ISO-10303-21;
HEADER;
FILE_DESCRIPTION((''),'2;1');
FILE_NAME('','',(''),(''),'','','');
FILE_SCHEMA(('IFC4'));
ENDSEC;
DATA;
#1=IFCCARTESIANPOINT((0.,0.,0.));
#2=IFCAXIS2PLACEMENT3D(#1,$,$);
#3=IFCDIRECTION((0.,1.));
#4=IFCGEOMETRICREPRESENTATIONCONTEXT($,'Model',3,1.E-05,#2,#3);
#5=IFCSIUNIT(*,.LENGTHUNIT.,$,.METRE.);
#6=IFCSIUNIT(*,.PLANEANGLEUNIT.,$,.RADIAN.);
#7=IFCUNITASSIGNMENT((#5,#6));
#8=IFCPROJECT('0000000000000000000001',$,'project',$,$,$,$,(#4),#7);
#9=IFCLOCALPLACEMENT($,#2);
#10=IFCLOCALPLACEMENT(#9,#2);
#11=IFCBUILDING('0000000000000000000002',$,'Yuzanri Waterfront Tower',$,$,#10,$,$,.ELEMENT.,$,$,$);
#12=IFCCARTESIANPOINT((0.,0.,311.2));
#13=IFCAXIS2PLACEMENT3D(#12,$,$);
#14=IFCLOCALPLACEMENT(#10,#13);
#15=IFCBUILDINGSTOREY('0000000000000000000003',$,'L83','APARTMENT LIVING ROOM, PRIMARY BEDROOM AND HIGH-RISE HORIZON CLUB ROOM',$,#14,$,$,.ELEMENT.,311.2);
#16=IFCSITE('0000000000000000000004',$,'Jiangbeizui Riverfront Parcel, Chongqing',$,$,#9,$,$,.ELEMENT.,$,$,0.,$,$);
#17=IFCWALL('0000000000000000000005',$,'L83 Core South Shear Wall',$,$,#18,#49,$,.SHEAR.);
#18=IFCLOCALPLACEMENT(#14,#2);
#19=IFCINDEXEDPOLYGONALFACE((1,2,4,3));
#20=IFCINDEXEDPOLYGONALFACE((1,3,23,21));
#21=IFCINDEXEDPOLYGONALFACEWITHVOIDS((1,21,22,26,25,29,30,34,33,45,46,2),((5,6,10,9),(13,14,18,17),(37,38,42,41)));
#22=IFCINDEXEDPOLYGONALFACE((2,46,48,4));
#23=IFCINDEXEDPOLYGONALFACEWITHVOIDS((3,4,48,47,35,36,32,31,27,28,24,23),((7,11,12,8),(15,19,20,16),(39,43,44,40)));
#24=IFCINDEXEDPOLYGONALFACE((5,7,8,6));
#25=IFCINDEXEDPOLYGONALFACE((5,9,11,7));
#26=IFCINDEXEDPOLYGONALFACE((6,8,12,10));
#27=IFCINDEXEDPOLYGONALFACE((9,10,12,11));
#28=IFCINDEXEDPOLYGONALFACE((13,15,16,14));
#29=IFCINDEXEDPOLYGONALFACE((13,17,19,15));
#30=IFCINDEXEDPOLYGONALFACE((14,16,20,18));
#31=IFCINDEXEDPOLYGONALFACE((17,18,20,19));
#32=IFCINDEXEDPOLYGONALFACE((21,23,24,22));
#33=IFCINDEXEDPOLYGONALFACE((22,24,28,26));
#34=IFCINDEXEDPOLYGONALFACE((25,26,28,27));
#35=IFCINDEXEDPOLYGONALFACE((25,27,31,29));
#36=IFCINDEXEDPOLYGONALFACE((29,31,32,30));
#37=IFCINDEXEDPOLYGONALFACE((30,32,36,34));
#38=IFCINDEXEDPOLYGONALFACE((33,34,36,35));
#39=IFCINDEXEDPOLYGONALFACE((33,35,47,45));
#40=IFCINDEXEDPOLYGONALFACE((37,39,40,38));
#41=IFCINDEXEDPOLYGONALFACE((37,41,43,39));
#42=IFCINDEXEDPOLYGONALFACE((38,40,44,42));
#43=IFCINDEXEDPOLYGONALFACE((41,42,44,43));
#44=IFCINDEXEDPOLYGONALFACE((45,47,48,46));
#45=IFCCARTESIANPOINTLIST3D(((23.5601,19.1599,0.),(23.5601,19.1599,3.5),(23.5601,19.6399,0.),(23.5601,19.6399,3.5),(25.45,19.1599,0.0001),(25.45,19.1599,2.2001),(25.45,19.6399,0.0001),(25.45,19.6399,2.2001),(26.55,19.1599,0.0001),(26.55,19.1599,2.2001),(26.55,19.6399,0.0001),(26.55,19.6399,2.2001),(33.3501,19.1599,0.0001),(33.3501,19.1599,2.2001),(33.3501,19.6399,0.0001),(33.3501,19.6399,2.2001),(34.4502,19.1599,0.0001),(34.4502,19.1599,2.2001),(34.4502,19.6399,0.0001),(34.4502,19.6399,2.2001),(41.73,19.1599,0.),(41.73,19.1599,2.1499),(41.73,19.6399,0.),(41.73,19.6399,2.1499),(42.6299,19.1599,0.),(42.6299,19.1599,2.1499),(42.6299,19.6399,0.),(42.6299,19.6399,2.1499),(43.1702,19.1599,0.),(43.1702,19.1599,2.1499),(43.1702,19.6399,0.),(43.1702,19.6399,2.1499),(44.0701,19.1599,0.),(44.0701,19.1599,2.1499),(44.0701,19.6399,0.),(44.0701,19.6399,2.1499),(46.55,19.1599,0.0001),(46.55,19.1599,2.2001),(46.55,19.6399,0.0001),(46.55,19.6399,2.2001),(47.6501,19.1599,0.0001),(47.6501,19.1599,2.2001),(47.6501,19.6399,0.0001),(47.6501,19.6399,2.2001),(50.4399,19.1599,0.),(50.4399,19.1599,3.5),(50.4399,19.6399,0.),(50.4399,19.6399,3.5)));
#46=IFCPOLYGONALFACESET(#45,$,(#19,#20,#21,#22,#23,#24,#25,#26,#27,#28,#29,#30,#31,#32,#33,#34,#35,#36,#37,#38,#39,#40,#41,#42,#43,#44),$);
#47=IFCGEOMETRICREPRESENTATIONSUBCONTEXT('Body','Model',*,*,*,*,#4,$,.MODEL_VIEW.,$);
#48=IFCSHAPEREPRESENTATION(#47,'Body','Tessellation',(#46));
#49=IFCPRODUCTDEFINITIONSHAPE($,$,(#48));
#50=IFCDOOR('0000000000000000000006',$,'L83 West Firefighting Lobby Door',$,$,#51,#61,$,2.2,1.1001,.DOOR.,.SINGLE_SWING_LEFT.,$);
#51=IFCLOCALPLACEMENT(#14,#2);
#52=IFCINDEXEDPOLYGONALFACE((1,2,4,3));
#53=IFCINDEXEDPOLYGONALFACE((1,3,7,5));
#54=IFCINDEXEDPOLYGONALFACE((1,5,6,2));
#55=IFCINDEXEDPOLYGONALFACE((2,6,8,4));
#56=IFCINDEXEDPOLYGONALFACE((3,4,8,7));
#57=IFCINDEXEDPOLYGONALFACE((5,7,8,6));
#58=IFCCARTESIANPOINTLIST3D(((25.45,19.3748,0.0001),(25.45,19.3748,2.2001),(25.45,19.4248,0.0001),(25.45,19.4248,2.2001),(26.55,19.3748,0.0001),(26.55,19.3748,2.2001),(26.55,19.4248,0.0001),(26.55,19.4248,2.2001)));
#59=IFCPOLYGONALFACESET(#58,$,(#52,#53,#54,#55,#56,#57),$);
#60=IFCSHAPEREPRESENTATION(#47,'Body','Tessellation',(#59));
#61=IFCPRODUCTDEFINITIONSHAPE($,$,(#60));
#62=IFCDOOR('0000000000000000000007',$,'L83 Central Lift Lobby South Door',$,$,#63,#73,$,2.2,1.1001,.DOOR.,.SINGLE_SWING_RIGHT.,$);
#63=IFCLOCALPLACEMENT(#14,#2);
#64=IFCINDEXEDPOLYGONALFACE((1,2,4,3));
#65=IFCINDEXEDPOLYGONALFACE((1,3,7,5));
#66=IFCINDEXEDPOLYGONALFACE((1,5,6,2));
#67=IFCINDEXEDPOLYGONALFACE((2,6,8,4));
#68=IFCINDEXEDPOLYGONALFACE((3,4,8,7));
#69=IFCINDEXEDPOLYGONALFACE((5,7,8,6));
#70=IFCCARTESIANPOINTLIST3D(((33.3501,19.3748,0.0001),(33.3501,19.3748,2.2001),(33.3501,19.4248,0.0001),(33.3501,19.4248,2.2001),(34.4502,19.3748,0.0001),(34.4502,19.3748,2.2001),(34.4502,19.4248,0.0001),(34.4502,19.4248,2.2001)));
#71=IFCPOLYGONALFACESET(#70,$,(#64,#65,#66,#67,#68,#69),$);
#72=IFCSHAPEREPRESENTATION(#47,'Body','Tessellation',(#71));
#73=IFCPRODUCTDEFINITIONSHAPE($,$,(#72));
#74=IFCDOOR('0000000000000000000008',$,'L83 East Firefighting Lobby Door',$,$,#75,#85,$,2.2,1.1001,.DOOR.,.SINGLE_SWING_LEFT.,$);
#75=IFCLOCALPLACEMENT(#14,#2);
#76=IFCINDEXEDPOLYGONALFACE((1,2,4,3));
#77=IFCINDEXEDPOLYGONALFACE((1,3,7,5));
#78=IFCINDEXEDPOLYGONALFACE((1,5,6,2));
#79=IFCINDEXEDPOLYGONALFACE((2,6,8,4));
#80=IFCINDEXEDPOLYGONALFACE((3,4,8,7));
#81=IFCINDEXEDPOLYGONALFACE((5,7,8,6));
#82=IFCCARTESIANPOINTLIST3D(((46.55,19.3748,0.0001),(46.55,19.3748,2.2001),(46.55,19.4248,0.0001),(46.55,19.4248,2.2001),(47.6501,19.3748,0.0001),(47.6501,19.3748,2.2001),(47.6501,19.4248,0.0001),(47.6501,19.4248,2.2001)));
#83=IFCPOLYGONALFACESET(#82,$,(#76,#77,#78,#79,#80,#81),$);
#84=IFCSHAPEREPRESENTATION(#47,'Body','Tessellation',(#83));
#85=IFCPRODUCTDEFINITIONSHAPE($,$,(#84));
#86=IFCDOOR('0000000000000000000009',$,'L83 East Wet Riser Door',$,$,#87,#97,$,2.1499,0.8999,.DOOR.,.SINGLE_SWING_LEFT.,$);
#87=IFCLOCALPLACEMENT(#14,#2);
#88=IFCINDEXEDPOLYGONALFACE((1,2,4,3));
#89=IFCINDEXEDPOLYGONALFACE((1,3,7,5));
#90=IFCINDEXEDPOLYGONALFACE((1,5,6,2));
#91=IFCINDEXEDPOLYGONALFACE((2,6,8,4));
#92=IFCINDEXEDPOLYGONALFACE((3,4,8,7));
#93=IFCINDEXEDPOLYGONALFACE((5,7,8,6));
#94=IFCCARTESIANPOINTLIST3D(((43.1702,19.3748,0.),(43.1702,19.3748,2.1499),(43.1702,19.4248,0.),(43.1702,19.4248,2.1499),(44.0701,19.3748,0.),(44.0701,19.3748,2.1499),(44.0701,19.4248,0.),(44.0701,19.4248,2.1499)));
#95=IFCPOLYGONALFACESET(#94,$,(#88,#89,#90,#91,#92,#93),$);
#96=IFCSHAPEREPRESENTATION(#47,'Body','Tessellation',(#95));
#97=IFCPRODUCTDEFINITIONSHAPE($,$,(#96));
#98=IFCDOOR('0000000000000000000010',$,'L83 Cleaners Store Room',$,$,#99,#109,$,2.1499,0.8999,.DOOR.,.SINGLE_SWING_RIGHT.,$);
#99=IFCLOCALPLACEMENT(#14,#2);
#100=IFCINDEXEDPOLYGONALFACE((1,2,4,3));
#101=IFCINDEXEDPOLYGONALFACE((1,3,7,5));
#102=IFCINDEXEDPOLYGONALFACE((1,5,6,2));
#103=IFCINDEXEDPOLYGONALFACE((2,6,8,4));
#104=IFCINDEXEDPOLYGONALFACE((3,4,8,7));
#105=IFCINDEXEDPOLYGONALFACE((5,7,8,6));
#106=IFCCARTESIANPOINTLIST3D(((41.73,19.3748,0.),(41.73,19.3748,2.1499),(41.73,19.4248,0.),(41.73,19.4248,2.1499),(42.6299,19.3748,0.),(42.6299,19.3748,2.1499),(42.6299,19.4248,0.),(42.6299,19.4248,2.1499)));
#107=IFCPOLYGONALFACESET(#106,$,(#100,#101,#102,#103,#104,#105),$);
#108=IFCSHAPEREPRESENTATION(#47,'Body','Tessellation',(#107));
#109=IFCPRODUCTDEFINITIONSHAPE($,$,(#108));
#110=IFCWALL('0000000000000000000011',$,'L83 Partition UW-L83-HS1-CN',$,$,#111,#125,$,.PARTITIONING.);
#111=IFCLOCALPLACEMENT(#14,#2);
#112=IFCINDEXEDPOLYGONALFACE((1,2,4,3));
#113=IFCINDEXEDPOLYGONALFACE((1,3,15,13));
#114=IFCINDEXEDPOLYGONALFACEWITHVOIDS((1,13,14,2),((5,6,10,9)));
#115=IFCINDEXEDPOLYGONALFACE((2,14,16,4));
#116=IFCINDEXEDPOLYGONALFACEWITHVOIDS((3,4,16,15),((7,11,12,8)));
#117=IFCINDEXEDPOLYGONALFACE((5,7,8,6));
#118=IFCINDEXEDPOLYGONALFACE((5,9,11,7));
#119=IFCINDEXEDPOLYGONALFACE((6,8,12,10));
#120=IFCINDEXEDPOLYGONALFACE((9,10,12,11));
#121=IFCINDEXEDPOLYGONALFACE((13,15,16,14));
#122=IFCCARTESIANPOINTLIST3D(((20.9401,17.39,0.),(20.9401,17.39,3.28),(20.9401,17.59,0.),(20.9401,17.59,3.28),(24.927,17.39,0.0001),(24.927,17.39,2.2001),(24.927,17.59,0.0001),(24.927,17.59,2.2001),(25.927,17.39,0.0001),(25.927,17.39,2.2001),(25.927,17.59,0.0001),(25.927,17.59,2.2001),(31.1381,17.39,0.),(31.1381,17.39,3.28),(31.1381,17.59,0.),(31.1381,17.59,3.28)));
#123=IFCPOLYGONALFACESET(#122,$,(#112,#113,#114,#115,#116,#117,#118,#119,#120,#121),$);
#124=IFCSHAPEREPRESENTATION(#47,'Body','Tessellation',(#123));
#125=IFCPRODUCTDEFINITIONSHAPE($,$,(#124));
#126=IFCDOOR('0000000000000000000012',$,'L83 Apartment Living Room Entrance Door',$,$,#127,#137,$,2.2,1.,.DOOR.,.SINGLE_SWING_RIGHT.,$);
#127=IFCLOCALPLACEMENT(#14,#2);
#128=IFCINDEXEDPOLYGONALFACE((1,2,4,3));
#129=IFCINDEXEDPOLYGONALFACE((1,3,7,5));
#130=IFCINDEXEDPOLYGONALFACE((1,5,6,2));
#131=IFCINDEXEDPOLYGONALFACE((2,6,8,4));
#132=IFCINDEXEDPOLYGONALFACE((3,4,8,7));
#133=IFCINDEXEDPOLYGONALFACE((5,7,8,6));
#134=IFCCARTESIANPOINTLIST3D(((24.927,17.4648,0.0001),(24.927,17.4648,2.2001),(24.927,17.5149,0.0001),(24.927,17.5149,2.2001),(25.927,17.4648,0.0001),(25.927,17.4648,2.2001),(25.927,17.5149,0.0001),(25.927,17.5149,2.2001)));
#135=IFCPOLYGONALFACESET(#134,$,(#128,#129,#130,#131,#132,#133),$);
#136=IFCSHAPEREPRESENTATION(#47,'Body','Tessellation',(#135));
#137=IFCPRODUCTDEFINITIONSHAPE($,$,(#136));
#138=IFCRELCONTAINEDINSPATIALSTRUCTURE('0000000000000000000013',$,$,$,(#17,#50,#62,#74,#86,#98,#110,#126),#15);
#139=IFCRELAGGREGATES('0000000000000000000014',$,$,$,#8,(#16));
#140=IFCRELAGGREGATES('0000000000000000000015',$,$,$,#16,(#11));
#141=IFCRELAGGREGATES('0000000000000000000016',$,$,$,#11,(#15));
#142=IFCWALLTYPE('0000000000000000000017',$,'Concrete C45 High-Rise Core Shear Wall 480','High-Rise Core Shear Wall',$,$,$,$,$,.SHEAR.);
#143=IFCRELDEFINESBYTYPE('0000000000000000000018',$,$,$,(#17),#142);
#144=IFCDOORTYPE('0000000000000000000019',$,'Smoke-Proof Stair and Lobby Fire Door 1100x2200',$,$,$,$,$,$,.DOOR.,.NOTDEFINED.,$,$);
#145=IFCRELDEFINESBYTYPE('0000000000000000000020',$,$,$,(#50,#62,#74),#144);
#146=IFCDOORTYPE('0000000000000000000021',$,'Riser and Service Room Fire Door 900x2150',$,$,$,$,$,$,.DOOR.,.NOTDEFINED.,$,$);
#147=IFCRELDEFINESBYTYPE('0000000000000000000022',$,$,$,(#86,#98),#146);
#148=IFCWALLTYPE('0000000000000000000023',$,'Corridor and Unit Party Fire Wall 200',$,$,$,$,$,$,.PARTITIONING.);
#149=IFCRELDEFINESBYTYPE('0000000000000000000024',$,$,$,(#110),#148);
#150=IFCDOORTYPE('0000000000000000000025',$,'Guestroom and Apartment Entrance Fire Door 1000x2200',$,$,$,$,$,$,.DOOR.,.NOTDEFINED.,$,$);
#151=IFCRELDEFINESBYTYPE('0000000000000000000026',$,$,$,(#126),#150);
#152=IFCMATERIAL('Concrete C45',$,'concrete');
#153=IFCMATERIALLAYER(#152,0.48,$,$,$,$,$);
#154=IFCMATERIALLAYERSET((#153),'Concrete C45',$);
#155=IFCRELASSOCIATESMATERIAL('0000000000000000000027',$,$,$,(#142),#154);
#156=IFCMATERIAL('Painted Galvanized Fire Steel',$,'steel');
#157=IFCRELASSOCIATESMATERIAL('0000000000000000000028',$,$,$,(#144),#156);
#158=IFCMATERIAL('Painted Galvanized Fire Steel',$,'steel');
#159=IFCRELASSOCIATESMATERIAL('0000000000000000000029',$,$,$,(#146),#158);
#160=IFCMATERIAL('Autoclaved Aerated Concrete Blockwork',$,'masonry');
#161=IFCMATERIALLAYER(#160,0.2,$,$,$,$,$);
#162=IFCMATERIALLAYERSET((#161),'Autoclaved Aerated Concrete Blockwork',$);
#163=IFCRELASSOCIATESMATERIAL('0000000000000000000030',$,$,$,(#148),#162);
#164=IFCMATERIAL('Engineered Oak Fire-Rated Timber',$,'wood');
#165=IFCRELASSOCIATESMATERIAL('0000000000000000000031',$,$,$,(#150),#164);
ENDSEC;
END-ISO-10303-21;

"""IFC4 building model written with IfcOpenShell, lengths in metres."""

from ifc_helpers import new_model, si_unit, direction, frame, frame_2d, origin, place, context, subcontext, project, spatial, rectangle, extrude, source, transform, mapped, material, layer, layer_set, type_object, element, fill, save


model = new_model("IFC4")

# Units and contexts
model_context = context("Model", 3, precision=1e-05, world=origin(), true_north=direction((0.0, 1.0)))
body_context = subcontext(model_context, "Body", "Model", "MODEL_VIEW")
ifc_project = project(units=[si_unit("LENGTHUNIT", "METRE"), si_unit("PLANEANGLEUNIT", "RADIAN")], contexts=[model_context])

# Site, building, storey
site_placement = place(None, origin())
site = spatial("IfcSite", under=ifc_project, at=site_placement, Name="Jiangbeizui Riverfront Parcel, Chongqing", CompositionType="ELEMENT", RefElevation=0.0)
building_placement = place(site_placement, origin())
building = spatial("IfcBuilding", under=site, at=building_placement, Name="Yuzanri Waterfront Tower", CompositionType="ELEMENT")
storey_placement = place(building_placement, frame((0.0, 0.0, 311.2)))
storey = spatial("IfcBuildingStorey", under=building, at=storey_placement, Name="L83", Description="APARTMENT LIVING ROOM, PRIMARY BEDROOM AND HIGH-RISE HORIZON CLUB ROOM", CompositionType="ELEMENT", Elevation=311.2)

# Wall, openings, doors
ifc_material_1 = material(Name="Concrete C45", Category="concrete")
ifc_layer_1 = layer(ifc_material_1, 0.48)
ifc_layer_set_1 = layer_set([ifc_layer_1], Name="Concrete C45")
wall_type_1 = type_object("IfcWallType", Name="Concrete C45 High-Rise Core Shear Wall 480", Description="High-Rise Core Shear Wall", PredefinedType="SHEAR", material=ifc_layer_set_1)
wall_1_placement = place(storey_placement, frame((23.5601, 19.3999, 0.0), z_axis=(0.0, 0.0, 1.0), x_axis=(1.0, 0.0, 0.0)))
wall_1 = element("IfcWall", 1, at=wall_1_placement, inside=storey, type_object=wall_type_1, Name="L83 Core South Shear Wall", PredefinedType="SHEAR", context=body_context, shape_type="SweptSolid", body=[
    extrude(rectangle(XDim=26.8799, YDim=0.48, at=frame_2d((13.4399, 0.0))), origin(), (0.0, 0.0, 1.0), 3.5),
])
opening_1_placement = place(wall_1_placement, frame((1.8899, 0.0, 0.0)))
opening_1 = element("IfcOpeningElement", 2, at=opening_1_placement, cuts=wall_1, PredefinedType="OPENING", context=body_context, shape_type="SweptSolid", body=[
    extrude(rectangle(XDim=1.1001, YDim=2.2, at=frame_2d((0.55, 1.1001))), frame((0.0, 0.2549, 0.0), z_axis=(0.0, -1.0, 0.0), x_axis=(1.0, 0.0, 0.0)), (0.0, 0.0, 1.0), 0.5098),
])
opening_2_placement = place(wall_1_placement, frame((9.79, 0.0, 0.0)))
opening_2 = element("IfcOpeningElement", 3, at=opening_2_placement, cuts=wall_1, PredefinedType="OPENING", context=body_context, shape_type="SweptSolid", body=[
    extrude(rectangle(XDim=1.1001, YDim=2.2, at=frame_2d((0.55, 1.1001))), frame((0.0, 0.2549, 0.0), z_axis=(0.0, -1.0, 0.0), x_axis=(1.0, 0.0, 0.0)), (0.0, 0.0, 1.0), 0.5098),
])
opening_3_placement = place(wall_1_placement, frame((22.99, 0.0, 0.0)))
opening_3 = element("IfcOpeningElement", 4, at=opening_3_placement, cuts=wall_1, PredefinedType="OPENING", context=body_context, shape_type="SweptSolid", body=[
    extrude(rectangle(XDim=1.1001, YDim=2.2, at=frame_2d((0.55, 1.1001))), frame((0.0, 0.2549, 0.0), z_axis=(0.0, -1.0, 0.0), x_axis=(1.0, 0.0, 0.0)), (0.0, 0.0, 1.0), 0.5098),
])
opening_4_placement = place(wall_1_placement, frame((19.6101, 0.0, 0.0)))
opening_4 = element("IfcOpeningElement", 5, at=opening_4_placement, cuts=wall_1, PredefinedType="OPENING", context=body_context, shape_type="SweptSolid", body=[
    extrude(rectangle(XDim=0.8999, YDim=2.1499, at=frame_2d((0.45, 1.075))), frame((0.0, 0.2549, 0.0), z_axis=(0.0, -1.0, 0.0), x_axis=(1.0, 0.0, 0.0)), (0.0, 0.0, 1.0), 0.5098),
])
opening_5_placement = place(wall_1_placement, frame((18.1699, 0.0, 0.0)))
opening_5 = element("IfcOpeningElement", 6, at=opening_5_placement, cuts=wall_1, PredefinedType="OPENING", context=body_context, shape_type="SweptSolid", body=[
    extrude(rectangle(XDim=0.8999, YDim=2.1499, at=frame_2d((0.45, 1.075))), frame((0.0, 0.2549, 0.0), z_axis=(0.0, -1.0, 0.0), x_axis=(1.0, 0.0, 0.0)), (0.0, 0.0, 1.0), 0.5098),
])
ifc_material_2 = material(Name="Painted Galvanized Fire Steel", Category="steel")
door_type_1 = type_object("IfcDoorType", Name="Smoke-Proof Stair and Lobby Fire Door 1100x2200", OperationType="NOTDEFINED", PredefinedType="DOOR", material=ifc_material_2)
shared_shape_1 = source(origin(), body_context, "Body", "SweptSolid", [
    extrude(rectangle(XDim=1.1001, YDim=2.2, at=frame_2d((0.55, 1.1001))), frame((0.0, 0.0249, 0.0), z_axis=(0.0, -1.0, 0.0), x_axis=(1.0, 0.0, 0.0)), (0.0, 0.0, 1.0), 0.05),
])
door_1_placement = place(opening_1_placement, origin())
door_1 = element("IfcDoor", 7, at=door_1_placement, inside=storey, type_object=door_type_1, Name="L83 West Firefighting Lobby Door", OperationType="SINGLE_SWING_LEFT", OverallHeight=2.2, OverallWidth=1.1001, PredefinedType="DOOR", context=body_context, shape_type="MappedRepresentation", body=[
    mapped(shared_shape_1, transform((0.0, 0.0, 0.0), scale=1.0)),
])
fill(opening_1, door_1)
door_2_placement = place(opening_2_placement, origin())
door_2 = element("IfcDoor", 8, at=door_2_placement, inside=storey, type_object=door_type_1, Name="L83 Central Lift Lobby South Door", OperationType="SINGLE_SWING_RIGHT", OverallHeight=2.2, OverallWidth=1.1001, PredefinedType="DOOR", context=body_context, shape_type="MappedRepresentation", body=[
    mapped(shared_shape_1, transform((0.0, 0.0, 0.0), scale=1.0)),
])
fill(opening_2, door_2)
door_3_placement = place(opening_3_placement, origin())
door_3 = element("IfcDoor", 9, at=door_3_placement, inside=storey, type_object=door_type_1, Name="L83 East Firefighting Lobby Door", OperationType="SINGLE_SWING_LEFT", OverallHeight=2.2, OverallWidth=1.1001, PredefinedType="DOOR", context=body_context, shape_type="MappedRepresentation", body=[
    mapped(shared_shape_1, transform((0.0, 0.0, 0.0), scale=1.0)),
])
fill(opening_3, door_3)
ifc_material_3 = material(Name="Painted Galvanized Fire Steel", Category="steel")
door_type_2 = type_object("IfcDoorType", Name="Riser and Service Room Fire Door 900x2150", OperationType="NOTDEFINED", PredefinedType="DOOR", material=ifc_material_3)
shared_shape_2 = source(origin(), body_context, "Body", "SweptSolid", [
    extrude(rectangle(XDim=0.8999, YDim=2.1499, at=frame_2d((0.45, 1.075))), frame((0.0, 0.0249, 0.0), z_axis=(0.0, -1.0, 0.0), x_axis=(1.0, 0.0, 0.0)), (0.0, 0.0, 1.0), 0.05),
])
door_4_placement = place(opening_4_placement, origin())
door_4 = element("IfcDoor", 10, at=door_4_placement, inside=storey, type_object=door_type_2, Name="L83 East Wet Riser Door", OperationType="SINGLE_SWING_LEFT", OverallHeight=2.1499, OverallWidth=0.8999, PredefinedType="DOOR", context=body_context, shape_type="MappedRepresentation", body=[
    mapped(shared_shape_2, transform((0.0, 0.0, 0.0), scale=1.0)),
])
fill(opening_4, door_4)
door_5_placement = place(opening_5_placement, origin())
door_5 = element("IfcDoor", 11, at=door_5_placement, inside=storey, type_object=door_type_2, Name="L83 Cleaners Store Room", OperationType="SINGLE_SWING_RIGHT", OverallHeight=2.1499, OverallWidth=0.8999, PredefinedType="DOOR", context=body_context, shape_type="MappedRepresentation", body=[
    mapped(shared_shape_2, transform((0.0, 0.0, 0.0), scale=1.0)),
])
fill(opening_5, door_5)

# Wall, opening, door
ifc_material_4 = material(Name="Autoclaved Aerated Concrete Blockwork", Category="masonry")
ifc_layer_2 = layer(ifc_material_4, 0.2)
ifc_layer_set_2 = layer_set([ifc_layer_2], Name="Autoclaved Aerated Concrete Blockwork")
wall_type_2 = type_object("IfcWallType", Name="Corridor and Unit Party Fire Wall 200", PredefinedType="PARTITIONING", material=ifc_layer_set_2)
wall_2_placement = place(storey_placement, frame((20.9399, 17.49, 0.0), z_axis=(0.0, 0.0, 1.0), x_axis=(1.0, 0.0, 0.0)))
wall_2 = element("IfcWall", 12, at=wall_2_placement, inside=storey, type_object=wall_type_2, Name="L83 Partition UW-L83-HS1-CN", PredefinedType="PARTITIONING", context=body_context, shape_type="SweptSolid", body=[
    extrude(rectangle(XDim=10.198, YDim=0.2, at=frame_2d((5.0991, 0.0))), origin(), (0.0, 0.0, 1.0), 3.28),
])
opening_6_placement = place(wall_2_placement, frame((3.9871, 0.0, 0.0)))
opening_6 = element("IfcOpeningElement", 13, at=opening_6_placement, cuts=wall_2, PredefinedType="OPENING", context=body_context, shape_type="SweptSolid", body=[
    extrude(rectangle(XDim=1.0, YDim=2.2, at=frame_2d((0.5, 1.1001))), frame((0.0, 0.1147, 0.0), z_axis=(0.0, -1.0, 0.0), x_axis=(1.0, 0.0, 0.0)), (0.0, 0.0, 1.0), 0.2297),
])
ifc_material_5 = material(Name="Engineered Oak Fire-Rated Timber", Category="wood")
door_type_3 = type_object("IfcDoorType", Name="Guestroom and Apartment Entrance Fire Door 1000x2200", OperationType="NOTDEFINED", PredefinedType="DOOR", material=ifc_material_5)
shared_shape_3 = source(origin(), body_context, "Body", "SweptSolid", [
    extrude(rectangle(XDim=1.0, YDim=2.2, at=frame_2d((0.5, 1.1001))), frame((0.0, 0.0249, 0.0), z_axis=(0.0, -1.0, 0.0), x_axis=(1.0, 0.0, 0.0)), (0.0, 0.0, 1.0), 0.05),
])
door_6_placement = place(opening_6_placement, origin())
door_6 = element("IfcDoor", 14, at=door_6_placement, inside=storey, type_object=door_type_3, Name="L83 Apartment Living Room Entrance Door", OperationType="SINGLE_SWING_RIGHT", OverallHeight=2.2, OverallWidth=1.0, PredefinedType="DOOR", context=body_context, shape_type="MappedRepresentation", body=[
    mapped(shared_shape_3, transform((0.0, 0.0, 0.0), scale=1.0)),
])
fill(opening_6, door_6)

save(model, "model.ifc")
